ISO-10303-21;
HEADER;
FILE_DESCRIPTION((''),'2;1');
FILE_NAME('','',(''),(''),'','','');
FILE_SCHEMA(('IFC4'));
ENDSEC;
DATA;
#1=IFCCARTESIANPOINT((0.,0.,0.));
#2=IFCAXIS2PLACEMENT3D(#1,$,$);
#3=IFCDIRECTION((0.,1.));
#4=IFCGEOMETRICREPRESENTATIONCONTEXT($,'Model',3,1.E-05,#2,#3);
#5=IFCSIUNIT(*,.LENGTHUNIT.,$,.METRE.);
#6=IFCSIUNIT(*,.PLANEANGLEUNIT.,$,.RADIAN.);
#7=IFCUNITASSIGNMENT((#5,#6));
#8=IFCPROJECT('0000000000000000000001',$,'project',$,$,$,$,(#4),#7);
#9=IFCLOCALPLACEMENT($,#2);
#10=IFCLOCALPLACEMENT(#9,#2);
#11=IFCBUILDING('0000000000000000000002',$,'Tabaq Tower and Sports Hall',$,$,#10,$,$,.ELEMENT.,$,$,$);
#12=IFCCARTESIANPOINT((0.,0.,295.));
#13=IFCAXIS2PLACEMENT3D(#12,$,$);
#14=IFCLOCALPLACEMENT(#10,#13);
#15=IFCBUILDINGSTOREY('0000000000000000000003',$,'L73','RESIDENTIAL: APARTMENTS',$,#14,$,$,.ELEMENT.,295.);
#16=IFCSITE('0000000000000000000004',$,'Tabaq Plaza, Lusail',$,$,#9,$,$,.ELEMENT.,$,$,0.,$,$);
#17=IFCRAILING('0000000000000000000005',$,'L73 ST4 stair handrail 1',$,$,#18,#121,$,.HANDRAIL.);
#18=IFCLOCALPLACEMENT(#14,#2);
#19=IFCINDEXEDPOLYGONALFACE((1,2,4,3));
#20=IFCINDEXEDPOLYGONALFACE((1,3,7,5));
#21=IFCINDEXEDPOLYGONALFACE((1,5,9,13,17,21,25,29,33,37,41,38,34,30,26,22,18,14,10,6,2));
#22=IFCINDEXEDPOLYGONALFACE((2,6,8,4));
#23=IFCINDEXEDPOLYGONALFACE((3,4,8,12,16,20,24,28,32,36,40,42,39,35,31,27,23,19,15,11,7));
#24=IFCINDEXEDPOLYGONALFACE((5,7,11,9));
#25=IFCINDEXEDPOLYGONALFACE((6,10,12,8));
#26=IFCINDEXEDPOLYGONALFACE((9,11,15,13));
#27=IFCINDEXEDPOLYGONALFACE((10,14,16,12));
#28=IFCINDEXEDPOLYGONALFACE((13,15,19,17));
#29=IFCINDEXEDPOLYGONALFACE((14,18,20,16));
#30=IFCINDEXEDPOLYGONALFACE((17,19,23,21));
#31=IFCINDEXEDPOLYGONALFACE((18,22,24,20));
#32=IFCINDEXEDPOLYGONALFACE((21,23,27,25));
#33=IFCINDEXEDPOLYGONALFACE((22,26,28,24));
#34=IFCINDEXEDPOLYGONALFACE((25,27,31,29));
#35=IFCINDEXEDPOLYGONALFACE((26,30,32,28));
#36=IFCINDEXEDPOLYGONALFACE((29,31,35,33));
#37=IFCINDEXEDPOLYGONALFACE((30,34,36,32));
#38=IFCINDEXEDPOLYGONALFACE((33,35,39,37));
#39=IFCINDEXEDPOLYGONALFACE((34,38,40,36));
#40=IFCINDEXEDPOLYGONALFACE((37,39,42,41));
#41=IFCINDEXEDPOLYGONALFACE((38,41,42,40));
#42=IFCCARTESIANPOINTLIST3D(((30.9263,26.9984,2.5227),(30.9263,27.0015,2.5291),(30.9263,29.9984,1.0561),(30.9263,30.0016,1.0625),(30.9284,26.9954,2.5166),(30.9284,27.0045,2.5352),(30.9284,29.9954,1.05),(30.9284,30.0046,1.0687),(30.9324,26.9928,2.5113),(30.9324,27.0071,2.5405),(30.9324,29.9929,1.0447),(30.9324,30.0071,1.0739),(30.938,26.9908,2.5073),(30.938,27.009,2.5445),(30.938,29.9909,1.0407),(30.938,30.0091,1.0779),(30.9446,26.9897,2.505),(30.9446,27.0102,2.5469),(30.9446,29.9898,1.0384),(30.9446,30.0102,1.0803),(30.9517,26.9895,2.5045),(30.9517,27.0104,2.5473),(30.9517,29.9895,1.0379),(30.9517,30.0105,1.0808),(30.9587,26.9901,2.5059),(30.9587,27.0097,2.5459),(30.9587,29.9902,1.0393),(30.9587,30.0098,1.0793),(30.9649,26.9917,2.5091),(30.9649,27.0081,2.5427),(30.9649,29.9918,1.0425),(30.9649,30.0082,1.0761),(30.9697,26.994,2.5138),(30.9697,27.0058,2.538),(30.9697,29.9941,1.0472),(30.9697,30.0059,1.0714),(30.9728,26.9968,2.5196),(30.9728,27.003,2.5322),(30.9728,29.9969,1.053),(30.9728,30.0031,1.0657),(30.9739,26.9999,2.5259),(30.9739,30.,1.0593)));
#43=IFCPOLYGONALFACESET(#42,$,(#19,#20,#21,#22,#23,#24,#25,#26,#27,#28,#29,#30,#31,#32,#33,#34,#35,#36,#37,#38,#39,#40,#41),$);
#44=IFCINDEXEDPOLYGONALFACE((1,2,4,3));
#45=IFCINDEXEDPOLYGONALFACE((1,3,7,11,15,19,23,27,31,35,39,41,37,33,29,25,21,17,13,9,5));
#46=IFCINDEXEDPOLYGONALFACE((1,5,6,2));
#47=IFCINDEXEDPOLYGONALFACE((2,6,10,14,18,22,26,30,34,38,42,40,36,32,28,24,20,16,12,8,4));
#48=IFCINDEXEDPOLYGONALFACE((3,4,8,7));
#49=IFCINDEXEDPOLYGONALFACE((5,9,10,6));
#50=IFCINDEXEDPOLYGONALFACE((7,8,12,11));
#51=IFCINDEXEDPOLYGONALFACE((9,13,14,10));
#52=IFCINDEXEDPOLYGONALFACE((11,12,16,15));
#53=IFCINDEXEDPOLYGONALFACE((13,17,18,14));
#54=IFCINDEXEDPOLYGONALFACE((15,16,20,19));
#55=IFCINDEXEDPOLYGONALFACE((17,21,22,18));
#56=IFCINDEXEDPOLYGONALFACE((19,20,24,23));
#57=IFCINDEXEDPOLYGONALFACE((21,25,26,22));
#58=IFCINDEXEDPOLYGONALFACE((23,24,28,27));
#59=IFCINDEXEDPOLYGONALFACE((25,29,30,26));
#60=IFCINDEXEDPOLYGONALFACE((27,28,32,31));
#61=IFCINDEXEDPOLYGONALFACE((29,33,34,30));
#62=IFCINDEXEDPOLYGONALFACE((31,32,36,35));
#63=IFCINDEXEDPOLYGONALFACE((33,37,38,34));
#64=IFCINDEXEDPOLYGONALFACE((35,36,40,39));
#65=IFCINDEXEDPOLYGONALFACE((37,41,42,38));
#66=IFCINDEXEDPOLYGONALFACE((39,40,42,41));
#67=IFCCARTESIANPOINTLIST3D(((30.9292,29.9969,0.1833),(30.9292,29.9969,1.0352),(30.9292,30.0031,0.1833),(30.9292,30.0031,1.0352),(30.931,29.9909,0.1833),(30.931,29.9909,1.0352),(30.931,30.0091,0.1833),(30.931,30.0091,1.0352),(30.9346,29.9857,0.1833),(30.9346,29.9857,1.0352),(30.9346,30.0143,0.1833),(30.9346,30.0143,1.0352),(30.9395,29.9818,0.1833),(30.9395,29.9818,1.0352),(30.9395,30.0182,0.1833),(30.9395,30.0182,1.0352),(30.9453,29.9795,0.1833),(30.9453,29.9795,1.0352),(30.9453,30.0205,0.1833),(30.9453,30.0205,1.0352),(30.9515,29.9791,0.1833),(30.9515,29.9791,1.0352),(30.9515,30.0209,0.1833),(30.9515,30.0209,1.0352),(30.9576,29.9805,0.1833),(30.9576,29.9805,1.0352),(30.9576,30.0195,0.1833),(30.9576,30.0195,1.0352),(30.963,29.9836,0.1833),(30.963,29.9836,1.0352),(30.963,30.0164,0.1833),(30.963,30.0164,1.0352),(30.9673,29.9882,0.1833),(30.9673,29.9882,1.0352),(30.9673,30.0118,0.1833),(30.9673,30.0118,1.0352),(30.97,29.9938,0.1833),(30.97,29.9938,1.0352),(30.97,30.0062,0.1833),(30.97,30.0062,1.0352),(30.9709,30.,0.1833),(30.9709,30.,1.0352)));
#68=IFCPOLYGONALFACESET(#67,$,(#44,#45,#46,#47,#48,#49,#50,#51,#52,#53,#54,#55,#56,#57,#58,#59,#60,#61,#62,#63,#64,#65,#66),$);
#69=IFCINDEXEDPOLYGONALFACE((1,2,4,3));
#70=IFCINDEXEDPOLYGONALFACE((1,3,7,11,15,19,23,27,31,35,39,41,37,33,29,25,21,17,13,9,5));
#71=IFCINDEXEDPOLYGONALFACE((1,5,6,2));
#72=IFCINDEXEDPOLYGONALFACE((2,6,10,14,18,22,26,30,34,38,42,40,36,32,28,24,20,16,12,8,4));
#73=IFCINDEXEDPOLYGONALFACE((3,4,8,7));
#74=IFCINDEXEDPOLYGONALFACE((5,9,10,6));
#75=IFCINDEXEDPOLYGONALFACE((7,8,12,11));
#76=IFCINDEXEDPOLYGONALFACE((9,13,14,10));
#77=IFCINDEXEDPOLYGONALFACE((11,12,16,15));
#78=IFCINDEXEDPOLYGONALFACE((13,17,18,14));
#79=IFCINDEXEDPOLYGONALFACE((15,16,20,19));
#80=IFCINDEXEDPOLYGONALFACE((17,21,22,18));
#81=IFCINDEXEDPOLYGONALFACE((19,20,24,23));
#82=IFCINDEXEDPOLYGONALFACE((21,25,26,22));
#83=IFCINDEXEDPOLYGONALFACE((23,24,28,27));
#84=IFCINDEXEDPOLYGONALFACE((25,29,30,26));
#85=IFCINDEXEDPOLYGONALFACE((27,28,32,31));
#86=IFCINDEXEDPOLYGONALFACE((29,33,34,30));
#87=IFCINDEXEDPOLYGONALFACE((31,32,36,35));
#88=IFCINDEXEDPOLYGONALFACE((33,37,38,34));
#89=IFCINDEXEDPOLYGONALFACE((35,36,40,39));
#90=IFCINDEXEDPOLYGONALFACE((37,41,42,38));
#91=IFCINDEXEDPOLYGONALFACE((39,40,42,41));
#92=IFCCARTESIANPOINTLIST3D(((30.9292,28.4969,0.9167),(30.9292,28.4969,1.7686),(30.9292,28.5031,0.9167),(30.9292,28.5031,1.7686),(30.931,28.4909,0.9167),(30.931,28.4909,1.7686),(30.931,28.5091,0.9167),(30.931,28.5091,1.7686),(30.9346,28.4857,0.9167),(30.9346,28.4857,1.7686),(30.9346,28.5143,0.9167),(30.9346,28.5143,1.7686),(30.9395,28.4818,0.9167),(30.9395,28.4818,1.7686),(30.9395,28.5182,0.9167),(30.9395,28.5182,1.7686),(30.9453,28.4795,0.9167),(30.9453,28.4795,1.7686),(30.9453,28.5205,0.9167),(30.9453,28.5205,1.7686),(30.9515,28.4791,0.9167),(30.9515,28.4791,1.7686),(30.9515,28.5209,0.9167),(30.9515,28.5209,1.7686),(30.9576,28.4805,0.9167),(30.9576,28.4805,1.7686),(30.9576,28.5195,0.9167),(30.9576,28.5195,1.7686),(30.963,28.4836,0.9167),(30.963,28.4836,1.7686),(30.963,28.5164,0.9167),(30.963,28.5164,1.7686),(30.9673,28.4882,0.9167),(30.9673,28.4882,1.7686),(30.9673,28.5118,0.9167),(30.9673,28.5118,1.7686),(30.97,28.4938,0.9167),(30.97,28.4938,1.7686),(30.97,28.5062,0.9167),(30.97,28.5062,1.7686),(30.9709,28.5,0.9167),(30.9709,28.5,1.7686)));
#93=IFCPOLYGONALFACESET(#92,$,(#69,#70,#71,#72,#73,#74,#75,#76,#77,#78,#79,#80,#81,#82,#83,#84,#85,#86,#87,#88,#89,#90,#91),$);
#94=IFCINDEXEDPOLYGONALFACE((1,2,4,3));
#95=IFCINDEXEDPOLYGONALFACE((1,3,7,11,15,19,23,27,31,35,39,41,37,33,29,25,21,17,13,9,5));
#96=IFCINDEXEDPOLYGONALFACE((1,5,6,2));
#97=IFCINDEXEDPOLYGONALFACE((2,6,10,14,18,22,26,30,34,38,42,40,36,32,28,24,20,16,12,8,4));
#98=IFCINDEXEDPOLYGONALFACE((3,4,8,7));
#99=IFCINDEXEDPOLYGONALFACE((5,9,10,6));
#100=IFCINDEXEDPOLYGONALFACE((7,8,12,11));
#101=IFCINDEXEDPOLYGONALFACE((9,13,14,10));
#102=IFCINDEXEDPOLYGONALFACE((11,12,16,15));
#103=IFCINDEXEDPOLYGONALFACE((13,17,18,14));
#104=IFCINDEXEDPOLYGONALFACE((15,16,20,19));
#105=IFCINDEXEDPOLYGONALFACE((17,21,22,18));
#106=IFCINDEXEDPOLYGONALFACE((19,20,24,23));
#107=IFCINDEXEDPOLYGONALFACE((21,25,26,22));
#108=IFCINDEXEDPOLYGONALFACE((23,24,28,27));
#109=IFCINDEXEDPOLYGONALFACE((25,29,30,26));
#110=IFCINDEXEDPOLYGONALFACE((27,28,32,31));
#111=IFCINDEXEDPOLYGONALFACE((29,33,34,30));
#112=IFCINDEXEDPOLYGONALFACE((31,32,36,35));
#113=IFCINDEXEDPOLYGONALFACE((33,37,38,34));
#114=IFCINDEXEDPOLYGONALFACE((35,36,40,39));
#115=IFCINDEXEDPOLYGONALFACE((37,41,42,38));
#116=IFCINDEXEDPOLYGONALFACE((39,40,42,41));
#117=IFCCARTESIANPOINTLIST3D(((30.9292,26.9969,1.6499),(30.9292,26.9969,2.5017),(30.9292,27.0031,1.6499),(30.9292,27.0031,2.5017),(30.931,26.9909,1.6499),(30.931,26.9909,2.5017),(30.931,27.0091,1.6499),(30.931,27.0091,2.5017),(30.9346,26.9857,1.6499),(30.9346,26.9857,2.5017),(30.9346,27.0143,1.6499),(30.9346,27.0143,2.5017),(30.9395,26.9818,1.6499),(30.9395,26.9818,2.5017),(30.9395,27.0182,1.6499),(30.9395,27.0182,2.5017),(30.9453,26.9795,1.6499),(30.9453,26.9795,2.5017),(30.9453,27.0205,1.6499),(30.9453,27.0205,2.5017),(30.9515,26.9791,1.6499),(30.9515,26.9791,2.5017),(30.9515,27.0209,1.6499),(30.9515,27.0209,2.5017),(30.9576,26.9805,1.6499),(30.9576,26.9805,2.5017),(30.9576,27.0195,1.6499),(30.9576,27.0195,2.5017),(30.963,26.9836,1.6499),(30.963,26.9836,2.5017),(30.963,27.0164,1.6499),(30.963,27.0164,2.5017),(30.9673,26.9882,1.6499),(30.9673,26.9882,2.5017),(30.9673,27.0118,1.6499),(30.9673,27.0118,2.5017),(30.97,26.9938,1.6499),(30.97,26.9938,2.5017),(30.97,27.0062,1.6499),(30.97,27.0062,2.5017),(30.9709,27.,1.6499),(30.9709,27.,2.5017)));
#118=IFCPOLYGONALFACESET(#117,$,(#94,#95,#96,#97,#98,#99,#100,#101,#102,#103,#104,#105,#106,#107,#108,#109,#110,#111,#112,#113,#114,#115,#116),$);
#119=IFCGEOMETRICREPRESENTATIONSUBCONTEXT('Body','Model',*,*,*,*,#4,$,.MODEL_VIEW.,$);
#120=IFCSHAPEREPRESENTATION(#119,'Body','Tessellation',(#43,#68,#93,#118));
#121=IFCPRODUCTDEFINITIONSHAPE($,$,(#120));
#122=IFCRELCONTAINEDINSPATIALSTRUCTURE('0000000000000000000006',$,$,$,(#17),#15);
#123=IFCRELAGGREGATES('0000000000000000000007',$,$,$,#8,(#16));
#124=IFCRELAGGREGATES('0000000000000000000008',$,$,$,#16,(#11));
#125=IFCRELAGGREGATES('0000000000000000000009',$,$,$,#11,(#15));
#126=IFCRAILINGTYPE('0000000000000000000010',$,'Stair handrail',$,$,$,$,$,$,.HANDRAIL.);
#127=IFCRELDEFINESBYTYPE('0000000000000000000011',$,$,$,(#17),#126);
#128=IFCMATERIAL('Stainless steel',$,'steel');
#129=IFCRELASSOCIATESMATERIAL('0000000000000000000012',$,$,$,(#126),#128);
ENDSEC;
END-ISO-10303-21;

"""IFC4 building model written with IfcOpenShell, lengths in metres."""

from ifc_helpers import new_model, si_unit, direction, frame, origin, origin_2d, place, context, subcontext, project, spatial, circle, extrude, material, type_object, element, save


model = new_model("IFC4")

# Units and contexts
model_context = context("Model", 3, precision=1e-05, world=origin(), true_north=direction((0.0, 1.0)))
body_context = subcontext(model_context, "Body", "Model", "MODEL_VIEW")
ifc_project = project(units=[si_unit("LENGTHUNIT", "METRE"), si_unit("PLANEANGLEUNIT", "RADIAN")], contexts=[model_context])

# Site, building, storey
site_placement = place(None, origin())
site = spatial("IfcSite", under=ifc_project, at=site_placement, Name="Tabaq Plaza, Lusail", CompositionType="ELEMENT", RefElevation=0.0)
building_placement = place(site_placement, origin())
building = spatial("IfcBuilding", under=site, at=building_placement, Name="Tabaq Tower and Sports Hall", CompositionType="ELEMENT")
storey_placement = place(building_placement, frame((0.0, 0.0, 295.0)))
storey = spatial("IfcBuildingStorey", under=building, at=storey_placement, Name="L73", Description="RESIDENTIAL: APARTMENTS", CompositionType="ELEMENT", Elevation=295.0)

# Railing
ifc_material_1 = material(Name="Stainless steel", Category="steel")
railing_type_1 = type_object("IfcRailingType", Name="Stair handrail", PredefinedType="HANDRAIL", material=ifc_material_1)
railing_1_placement = place(storey_placement, frame((30.95, 30.0, 0.1833)))
element("IfcRailing", 1, at=railing_1_placement, inside=storey, type_object=railing_type_1, Name="L73 ST4 stair handrail 1", PredefinedType="HANDRAIL", context=body_context, shape_type="SweptSolid", body=[
    extrude(circle(Radius=0.0239, at=origin_2d()), frame((0.0, 0.0, 0.876), z_axis=(0.0, -0.898398, 0.439183), x_axis=(1.0, 0.0, 0.0)), (0.0, 0.0, 1.0), 3.3394),
    extrude(circle(Radius=0.021, at=origin_2d()), origin(), (0.0, 0.0, 1.0), 0.8518),
    extrude(circle(Radius=0.021, at=origin_2d()), frame((0.0, -1.5, 0.7334)), (0.0, 0.0, 1.0), 0.8518),
    extrude(circle(Radius=0.021, at=origin_2d()), frame((0.0, -3.0, 1.4666)), (0.0, 0.0, 1.0), 0.8518),
])

save(model, "model.ifc")
